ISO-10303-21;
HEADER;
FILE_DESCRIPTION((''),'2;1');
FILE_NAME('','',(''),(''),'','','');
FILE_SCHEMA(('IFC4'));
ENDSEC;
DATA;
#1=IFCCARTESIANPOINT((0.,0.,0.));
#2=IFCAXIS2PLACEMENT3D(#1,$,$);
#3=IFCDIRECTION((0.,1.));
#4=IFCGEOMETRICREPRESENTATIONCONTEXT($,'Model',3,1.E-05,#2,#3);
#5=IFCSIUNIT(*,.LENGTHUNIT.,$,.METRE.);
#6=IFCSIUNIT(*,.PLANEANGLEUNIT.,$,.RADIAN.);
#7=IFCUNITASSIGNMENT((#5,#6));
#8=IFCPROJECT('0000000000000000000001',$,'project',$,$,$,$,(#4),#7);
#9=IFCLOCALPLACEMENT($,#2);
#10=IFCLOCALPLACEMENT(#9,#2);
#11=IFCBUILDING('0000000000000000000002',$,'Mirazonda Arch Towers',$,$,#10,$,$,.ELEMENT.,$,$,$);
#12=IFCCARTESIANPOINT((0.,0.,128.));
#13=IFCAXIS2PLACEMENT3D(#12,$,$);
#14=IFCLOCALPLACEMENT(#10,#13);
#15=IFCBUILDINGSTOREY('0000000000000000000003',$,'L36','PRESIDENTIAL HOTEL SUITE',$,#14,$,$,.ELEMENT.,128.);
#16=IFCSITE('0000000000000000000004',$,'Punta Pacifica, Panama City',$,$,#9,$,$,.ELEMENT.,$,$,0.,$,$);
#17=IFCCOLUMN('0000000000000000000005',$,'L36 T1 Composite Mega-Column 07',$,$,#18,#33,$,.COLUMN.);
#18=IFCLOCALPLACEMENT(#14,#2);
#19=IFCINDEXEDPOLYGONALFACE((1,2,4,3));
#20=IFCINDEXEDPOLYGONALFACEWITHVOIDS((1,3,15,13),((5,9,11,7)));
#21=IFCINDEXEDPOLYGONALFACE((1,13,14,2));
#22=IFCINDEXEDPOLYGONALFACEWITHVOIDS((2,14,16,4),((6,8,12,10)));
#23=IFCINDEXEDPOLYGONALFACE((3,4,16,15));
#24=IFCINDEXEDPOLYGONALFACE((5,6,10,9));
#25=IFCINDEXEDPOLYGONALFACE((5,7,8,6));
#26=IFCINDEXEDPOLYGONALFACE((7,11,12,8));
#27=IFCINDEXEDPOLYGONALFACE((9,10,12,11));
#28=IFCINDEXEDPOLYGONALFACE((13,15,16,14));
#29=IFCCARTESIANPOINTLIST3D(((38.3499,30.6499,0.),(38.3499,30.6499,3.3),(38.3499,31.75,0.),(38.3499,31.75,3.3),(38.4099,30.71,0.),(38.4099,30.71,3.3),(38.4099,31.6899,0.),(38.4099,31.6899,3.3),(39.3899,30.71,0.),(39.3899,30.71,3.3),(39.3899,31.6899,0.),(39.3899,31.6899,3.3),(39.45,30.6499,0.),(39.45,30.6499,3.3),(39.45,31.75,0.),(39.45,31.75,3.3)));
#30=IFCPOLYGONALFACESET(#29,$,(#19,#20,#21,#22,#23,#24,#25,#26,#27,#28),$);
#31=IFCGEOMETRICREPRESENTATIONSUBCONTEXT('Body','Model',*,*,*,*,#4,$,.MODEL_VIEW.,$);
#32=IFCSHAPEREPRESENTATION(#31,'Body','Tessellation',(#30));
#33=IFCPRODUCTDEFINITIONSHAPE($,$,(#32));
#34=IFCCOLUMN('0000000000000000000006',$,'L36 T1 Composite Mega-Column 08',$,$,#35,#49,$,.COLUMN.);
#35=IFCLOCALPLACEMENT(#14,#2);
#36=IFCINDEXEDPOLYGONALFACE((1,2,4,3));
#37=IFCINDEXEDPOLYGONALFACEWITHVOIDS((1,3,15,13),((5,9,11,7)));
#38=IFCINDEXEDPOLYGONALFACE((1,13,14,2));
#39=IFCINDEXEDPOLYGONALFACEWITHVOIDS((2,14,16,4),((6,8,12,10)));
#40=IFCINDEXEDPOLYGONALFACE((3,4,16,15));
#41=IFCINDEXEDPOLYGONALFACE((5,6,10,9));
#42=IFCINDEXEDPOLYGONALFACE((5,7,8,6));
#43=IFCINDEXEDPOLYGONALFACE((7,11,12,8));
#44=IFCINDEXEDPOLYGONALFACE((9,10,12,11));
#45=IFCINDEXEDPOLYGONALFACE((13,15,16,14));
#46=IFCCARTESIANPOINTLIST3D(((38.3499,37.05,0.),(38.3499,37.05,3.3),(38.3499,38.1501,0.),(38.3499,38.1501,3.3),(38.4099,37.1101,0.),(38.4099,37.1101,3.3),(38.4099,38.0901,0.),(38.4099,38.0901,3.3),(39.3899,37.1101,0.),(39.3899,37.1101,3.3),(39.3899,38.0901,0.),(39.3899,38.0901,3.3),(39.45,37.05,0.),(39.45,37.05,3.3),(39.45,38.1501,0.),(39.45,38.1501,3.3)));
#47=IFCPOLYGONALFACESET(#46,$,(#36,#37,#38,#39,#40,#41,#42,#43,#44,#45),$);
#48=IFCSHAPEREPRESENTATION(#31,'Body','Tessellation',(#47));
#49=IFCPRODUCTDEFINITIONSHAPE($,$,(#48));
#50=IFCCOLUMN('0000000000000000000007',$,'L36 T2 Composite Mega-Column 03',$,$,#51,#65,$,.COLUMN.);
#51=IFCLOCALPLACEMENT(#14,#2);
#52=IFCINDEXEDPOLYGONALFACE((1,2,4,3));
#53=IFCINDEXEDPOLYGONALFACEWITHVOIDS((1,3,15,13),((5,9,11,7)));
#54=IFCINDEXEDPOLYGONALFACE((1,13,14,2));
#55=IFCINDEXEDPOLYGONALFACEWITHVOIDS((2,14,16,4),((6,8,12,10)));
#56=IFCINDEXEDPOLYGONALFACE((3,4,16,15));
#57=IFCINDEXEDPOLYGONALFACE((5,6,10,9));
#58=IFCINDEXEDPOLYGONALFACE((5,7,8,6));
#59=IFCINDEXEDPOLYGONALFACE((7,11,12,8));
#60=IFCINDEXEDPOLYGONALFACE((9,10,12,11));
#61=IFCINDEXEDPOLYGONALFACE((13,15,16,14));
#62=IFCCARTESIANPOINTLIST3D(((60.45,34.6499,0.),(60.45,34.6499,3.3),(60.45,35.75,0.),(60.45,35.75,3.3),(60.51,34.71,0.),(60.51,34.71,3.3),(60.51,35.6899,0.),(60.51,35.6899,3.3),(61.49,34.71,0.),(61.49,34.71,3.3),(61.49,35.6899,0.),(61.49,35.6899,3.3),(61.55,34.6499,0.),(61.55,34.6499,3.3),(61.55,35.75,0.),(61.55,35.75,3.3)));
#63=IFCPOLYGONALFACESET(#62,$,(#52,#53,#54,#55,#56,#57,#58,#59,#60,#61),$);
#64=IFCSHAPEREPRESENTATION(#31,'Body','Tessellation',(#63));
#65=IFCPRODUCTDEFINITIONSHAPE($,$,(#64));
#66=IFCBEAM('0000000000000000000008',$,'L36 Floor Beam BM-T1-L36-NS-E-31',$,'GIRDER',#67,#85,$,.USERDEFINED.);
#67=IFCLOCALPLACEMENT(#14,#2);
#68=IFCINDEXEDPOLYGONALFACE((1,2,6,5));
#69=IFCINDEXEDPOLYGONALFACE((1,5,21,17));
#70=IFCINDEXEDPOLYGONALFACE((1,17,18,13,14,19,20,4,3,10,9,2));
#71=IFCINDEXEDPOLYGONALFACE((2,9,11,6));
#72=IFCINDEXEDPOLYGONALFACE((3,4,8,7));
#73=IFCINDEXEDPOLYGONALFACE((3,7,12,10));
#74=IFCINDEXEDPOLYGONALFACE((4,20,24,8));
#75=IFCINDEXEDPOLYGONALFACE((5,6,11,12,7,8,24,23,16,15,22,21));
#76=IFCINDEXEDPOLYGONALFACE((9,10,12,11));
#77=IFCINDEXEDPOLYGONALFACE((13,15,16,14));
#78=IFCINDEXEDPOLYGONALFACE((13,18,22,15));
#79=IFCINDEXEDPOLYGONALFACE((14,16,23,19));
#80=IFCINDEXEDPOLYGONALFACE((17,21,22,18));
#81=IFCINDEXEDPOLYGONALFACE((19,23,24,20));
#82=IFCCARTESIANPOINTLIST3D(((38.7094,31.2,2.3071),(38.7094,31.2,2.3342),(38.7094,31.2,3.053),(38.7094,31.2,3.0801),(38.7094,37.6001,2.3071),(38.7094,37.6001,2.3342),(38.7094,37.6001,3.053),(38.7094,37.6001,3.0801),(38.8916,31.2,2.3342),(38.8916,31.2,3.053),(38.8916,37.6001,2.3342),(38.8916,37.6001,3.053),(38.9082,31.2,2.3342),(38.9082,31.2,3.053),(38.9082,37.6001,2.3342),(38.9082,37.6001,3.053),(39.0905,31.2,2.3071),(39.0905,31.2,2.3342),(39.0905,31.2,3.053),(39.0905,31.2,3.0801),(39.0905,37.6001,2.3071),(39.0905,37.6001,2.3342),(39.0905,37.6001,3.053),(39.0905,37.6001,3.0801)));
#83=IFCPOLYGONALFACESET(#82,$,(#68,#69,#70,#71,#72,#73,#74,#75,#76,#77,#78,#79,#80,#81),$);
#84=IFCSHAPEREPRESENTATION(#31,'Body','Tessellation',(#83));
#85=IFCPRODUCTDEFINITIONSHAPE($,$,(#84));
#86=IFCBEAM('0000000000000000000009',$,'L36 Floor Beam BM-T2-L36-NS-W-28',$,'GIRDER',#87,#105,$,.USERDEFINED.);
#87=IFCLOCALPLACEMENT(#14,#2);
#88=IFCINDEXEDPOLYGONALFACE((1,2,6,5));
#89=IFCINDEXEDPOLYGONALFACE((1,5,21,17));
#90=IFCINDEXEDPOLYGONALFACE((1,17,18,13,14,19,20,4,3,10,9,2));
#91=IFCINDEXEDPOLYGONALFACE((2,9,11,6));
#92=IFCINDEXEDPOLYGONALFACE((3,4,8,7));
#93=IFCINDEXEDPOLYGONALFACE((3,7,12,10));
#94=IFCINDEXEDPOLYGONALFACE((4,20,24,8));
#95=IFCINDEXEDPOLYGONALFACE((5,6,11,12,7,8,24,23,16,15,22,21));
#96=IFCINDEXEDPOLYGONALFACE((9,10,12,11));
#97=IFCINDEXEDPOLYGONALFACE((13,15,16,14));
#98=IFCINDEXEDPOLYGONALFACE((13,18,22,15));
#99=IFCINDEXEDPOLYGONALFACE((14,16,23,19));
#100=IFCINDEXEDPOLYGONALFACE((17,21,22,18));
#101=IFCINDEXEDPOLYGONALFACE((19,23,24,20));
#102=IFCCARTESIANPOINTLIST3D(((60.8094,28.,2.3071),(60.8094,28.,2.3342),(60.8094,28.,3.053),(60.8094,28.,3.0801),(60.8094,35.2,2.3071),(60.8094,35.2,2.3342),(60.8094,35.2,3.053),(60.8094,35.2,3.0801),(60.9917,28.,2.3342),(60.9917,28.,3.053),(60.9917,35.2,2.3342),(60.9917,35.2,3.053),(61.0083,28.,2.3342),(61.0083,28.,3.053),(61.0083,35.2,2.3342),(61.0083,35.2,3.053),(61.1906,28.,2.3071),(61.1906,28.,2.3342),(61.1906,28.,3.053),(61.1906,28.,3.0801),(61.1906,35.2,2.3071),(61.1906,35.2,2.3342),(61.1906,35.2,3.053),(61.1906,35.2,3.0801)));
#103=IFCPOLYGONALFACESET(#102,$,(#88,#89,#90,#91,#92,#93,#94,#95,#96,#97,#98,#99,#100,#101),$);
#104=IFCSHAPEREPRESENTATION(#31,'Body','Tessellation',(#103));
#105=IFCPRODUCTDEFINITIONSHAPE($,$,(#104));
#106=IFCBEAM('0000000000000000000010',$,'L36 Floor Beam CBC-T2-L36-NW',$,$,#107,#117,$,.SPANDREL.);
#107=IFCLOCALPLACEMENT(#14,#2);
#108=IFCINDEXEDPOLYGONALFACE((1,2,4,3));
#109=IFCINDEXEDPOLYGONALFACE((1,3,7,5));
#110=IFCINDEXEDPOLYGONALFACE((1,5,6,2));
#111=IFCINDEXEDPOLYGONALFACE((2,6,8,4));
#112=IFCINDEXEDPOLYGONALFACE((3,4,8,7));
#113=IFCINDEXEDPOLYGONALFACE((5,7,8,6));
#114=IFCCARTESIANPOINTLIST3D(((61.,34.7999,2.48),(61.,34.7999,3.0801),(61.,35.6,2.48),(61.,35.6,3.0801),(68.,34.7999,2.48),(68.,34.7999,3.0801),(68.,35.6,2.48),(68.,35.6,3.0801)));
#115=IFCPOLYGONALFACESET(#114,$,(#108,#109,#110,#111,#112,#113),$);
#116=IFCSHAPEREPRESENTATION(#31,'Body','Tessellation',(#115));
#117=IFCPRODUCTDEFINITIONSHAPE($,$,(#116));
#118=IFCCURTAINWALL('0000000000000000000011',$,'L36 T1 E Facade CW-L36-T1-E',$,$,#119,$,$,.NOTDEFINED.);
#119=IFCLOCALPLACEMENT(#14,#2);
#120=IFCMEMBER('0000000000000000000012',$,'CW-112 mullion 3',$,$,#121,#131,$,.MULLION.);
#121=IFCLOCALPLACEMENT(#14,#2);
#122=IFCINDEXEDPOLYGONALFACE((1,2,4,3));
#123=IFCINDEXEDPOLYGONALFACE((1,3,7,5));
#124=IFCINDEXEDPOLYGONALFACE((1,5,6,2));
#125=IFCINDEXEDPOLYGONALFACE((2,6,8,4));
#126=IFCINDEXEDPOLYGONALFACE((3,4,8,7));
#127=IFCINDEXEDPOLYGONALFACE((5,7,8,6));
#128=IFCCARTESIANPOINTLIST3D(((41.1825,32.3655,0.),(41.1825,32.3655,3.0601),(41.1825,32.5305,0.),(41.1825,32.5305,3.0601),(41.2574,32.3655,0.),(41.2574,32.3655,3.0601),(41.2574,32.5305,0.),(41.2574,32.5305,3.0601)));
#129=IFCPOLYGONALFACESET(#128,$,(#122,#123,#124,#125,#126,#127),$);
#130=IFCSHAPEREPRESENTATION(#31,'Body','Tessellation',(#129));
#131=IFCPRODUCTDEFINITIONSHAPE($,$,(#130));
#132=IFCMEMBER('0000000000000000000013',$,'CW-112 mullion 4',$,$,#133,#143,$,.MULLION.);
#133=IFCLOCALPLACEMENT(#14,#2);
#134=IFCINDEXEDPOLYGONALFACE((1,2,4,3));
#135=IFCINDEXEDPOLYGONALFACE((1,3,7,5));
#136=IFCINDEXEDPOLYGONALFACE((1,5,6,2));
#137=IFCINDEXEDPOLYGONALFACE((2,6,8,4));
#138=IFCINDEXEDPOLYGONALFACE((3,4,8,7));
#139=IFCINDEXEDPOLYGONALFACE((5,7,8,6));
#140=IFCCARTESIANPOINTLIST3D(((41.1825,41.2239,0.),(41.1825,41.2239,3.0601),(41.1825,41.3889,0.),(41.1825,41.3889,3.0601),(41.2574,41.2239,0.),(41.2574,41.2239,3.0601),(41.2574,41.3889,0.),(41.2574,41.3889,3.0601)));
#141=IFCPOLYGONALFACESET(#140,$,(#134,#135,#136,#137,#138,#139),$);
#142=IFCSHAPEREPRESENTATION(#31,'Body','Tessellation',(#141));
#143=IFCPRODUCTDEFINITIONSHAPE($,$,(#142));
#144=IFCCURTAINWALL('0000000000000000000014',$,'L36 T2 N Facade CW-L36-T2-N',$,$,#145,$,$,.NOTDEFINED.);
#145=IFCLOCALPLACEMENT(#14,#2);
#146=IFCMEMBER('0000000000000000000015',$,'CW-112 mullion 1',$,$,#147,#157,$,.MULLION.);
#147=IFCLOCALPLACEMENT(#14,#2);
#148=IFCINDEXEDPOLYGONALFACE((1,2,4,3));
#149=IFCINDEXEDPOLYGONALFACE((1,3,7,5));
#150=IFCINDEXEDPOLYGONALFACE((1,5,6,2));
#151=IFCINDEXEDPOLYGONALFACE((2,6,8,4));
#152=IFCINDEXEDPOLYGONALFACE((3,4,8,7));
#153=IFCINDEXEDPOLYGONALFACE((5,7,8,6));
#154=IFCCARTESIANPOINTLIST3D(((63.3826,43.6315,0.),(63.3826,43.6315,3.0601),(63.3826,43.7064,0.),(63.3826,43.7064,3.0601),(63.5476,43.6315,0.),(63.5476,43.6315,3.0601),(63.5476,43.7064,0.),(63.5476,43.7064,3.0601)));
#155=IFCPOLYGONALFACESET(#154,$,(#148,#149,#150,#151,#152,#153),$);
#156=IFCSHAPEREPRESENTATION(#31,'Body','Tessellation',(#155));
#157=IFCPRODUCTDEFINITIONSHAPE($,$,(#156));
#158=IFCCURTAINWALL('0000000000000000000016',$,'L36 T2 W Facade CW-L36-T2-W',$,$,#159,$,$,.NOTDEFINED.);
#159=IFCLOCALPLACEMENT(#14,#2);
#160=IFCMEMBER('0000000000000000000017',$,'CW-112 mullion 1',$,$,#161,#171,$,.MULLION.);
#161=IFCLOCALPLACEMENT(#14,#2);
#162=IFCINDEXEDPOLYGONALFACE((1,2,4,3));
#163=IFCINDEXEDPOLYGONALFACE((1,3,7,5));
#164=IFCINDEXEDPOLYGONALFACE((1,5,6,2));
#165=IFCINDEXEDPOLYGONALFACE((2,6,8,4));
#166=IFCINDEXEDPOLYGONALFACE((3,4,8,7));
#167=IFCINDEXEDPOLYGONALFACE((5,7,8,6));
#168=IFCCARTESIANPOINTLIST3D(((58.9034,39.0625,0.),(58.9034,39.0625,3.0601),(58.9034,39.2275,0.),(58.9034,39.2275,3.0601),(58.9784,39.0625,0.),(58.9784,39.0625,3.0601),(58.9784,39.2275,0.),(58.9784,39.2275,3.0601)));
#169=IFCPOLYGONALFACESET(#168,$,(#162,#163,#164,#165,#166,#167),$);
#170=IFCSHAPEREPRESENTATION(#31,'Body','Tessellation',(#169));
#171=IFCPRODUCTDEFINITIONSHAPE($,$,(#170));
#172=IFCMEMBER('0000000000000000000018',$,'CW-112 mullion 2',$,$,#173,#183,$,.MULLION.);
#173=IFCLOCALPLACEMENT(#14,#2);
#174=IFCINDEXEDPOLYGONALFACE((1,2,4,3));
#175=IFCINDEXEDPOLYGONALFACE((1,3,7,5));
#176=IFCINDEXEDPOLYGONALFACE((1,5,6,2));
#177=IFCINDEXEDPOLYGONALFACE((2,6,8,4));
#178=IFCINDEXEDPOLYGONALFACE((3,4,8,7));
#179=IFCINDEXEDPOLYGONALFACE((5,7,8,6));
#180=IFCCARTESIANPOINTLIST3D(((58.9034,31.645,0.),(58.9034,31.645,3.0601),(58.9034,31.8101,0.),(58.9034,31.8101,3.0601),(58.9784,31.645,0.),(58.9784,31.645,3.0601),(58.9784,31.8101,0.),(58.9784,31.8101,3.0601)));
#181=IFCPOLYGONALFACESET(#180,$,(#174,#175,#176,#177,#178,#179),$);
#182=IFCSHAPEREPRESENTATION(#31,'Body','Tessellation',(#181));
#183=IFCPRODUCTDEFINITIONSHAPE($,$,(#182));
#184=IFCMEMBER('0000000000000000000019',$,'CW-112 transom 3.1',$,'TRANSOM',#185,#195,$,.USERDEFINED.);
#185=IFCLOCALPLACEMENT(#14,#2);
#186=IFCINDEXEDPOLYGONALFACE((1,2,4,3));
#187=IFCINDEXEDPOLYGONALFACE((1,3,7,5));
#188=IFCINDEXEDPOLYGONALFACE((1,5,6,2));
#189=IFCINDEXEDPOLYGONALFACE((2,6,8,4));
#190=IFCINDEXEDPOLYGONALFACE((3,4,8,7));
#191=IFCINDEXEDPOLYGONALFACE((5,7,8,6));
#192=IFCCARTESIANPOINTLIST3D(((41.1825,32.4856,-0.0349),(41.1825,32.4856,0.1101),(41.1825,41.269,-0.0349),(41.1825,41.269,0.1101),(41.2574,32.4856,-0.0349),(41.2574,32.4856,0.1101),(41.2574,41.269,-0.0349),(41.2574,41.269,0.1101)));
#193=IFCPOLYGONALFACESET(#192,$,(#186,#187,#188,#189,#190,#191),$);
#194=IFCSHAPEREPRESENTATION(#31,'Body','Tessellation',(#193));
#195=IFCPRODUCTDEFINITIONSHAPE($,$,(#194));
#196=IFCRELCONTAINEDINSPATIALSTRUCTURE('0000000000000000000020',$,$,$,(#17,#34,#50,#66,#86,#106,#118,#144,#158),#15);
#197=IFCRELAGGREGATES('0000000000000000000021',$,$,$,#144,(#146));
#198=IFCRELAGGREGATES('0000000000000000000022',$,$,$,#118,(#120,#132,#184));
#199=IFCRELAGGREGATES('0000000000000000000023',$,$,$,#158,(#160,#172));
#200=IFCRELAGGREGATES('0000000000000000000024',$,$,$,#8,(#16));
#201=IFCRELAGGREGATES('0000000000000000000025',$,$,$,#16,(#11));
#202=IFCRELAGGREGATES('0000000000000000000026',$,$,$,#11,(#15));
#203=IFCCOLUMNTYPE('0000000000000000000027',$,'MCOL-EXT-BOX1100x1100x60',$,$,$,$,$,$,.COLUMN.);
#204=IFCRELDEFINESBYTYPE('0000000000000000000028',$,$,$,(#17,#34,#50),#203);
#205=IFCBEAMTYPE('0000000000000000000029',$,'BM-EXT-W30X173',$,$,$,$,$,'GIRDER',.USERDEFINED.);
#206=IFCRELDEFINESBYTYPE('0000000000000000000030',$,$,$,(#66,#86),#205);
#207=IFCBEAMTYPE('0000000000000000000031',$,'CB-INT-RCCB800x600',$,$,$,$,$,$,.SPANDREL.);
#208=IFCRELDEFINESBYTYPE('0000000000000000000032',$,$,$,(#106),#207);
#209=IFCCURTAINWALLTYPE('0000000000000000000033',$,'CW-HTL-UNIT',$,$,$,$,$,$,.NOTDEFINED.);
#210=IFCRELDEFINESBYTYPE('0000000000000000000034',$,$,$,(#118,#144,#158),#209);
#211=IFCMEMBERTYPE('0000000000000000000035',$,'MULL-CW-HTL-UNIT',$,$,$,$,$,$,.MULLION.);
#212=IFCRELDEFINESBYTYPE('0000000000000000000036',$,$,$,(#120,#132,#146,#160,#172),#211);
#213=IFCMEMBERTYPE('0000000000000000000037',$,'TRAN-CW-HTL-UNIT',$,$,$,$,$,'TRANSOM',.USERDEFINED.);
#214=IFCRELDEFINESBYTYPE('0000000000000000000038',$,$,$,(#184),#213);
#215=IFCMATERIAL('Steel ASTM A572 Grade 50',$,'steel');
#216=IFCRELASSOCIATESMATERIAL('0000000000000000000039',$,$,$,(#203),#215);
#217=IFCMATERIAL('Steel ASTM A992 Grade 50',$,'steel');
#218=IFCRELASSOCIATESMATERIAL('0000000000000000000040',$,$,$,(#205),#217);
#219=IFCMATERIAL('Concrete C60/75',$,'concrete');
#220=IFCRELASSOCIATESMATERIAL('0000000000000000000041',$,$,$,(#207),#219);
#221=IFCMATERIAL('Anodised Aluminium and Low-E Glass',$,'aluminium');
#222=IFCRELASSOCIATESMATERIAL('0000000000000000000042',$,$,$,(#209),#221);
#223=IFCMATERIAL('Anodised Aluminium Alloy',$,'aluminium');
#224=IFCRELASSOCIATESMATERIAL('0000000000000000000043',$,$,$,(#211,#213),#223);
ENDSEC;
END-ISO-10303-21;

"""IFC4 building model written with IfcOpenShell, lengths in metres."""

from ifc_helpers import new_model, si_unit, direction, frame, origin, origin_2d, place, context, subcontext, project, spatial, rectangle, hollow_rectangle, i_section, extrude, material, material_profile, profile_set, type_object, element, aggregate, save


model = new_model("IFC4")

# Units and contexts
model_context = context("Model", 3, precision=1e-05, world=origin(), true_north=direction((0.0, 1.0)))
body_context = subcontext(model_context, "Body", "Model", "MODEL_VIEW")
ifc_project = project(units=[si_unit("LENGTHUNIT", "METRE"), si_unit("PLANEANGLEUNIT", "RADIAN")], contexts=[model_context])

# Site, building, storey
site_placement = place(None, origin())
site = spatial("IfcSite", under=ifc_project, at=site_placement, Name="Punta Pacifica, Panama City", CompositionType="ELEMENT", RefElevation=0.0)
building_placement = place(site_placement, origin())
building = spatial("IfcBuilding", under=site, at=building_placement, Name="Mirazonda Arch Towers", CompositionType="ELEMENT")
storey_placement = place(building_placement, frame((0.0, 0.0, 128.0)))
storey = spatial("IfcBuildingStorey", under=building, at=storey_placement, Name="L36", Description="PRESIDENTIAL HOTEL SUITE", CompositionType="ELEMENT", Elevation=128.0)

# Columns
ifc_material_1 = material(Name="Steel ASTM A572 Grade 50", Category="steel")
ifc_material_profile_1 = material_profile(ifc_material_1, hollow_rectangle(XDim=1.1001, YDim=1.1001, WallThickness=0.0601, at=origin_2d()), Name="BOX1100x1100x60")
ifc_profile_set_1 = profile_set([ifc_material_profile_1], Name="Steel ASTM A572 Grade 50")
column_type = type_object("IfcColumnType", Name="MCOL-EXT-BOX1100x1100x60", PredefinedType="COLUMN", material=ifc_profile_set_1)
for number, where, z_axis, x_axis, name in (
    (1, (38.8999, 31.2, 0.0), (0.0, 0.0, 1.0), (1.0, 0.0, 0.0), "L36 T1 Composite Mega-Column 07"),
    (2, (38.8999, 37.6001, 0.0), (0.0, 0.0, 1.0), (1.0, 0.0, 0.0), "L36 T1 Composite Mega-Column 08"),
    (3, (61.0, 35.2, 0.0), (0.0, 0.0, 1.0), (1.0, 0.0, 0.0), "L36 T2 Composite Mega-Column 03"),
):
    element("IfcColumn", number, at=place(storey_placement, frame(where, z_axis=z_axis, x_axis=x_axis)), inside=storey, type_object=column_type, Name=name, PredefinedType="COLUMN", context=body_context, shape_type="SweptSolid", body=[
        extrude(hollow_rectangle(XDim=1.1001, YDim=1.1001, WallThickness=0.0601, at=origin_2d()), origin(), (0.0, 0.0, 1.0), 3.3),
    ])

# Beams
ifc_material_2 = material(Name="Steel ASTM A992 Grade 50", Category="steel")
ifc_material_profile_2 = material_profile(ifc_material_2, i_section(OverallWidth=0.3811, OverallDepth=0.7729, WebThickness=0.0166, FlangeThickness=0.0271, at=origin_2d()), Name="W30X173")
ifc_profile_set_2 = profile_set([ifc_material_profile_2], Name="Steel ASTM A992 Grade 50")
beam_type_1 = type_object("IfcBeamType", Name="BM-EXT-W30X173", ElementType="GIRDER", PredefinedType="USERDEFINED", material=ifc_profile_set_2)
beam_1_placement = place(storey_placement, frame((38.8999, 31.2, 2.6936), z_axis=(0.0, 1.0, 0.0), x_axis=(-1.0, 0.0, 0.0)))
element("IfcBeam", 4, at=beam_1_placement, inside=storey, type_object=beam_type_1, Name="L36 Floor Beam BM-T1-L36-NS-E-31", ObjectType="GIRDER", PredefinedType="USERDEFINED", context=body_context, shape_type="SweptSolid", body=[
    extrude(i_section(OverallWidth=0.3811, OverallDepth=0.7729, WebThickness=0.0166, FlangeThickness=0.0271, at=origin_2d()), origin(), (0.0, 0.0, 1.0), 6.4001),
])
beam_2_placement = place(storey_placement, frame((61.0, 28.0, 2.6936), z_axis=(0.0, 1.0, 0.0), x_axis=(-1.0, 0.0, 0.0)))
element("IfcBeam", 5, at=beam_2_placement, inside=storey, type_object=beam_type_1, Name="L36 Floor Beam BM-T2-L36-NS-W-28", ObjectType="GIRDER", PredefinedType="USERDEFINED", context=body_context, shape_type="SweptSolid", body=[
    extrude(i_section(OverallWidth=0.3811, OverallDepth=0.7729, WebThickness=0.0166, FlangeThickness=0.0271, at=origin_2d()), origin(), (0.0, 0.0, 1.0), 7.2),
])
ifc_material_3 = material(Name="Concrete C60/75", Category="concrete")
ifc_material_profile_3 = material_profile(ifc_material_3, rectangle(XDim=0.8, YDim=0.6001, at=origin_2d()), Name="RCCB800x600")
ifc_profile_set_3 = profile_set([ifc_material_profile_3], Name="Concrete C60/75")
beam_type_2 = type_object("IfcBeamType", Name="CB-INT-RCCB800x600", PredefinedType="SPANDREL", material=ifc_profile_set_3)
beam_3_placement = place(storey_placement, frame((61.0, 35.2, 2.78), z_axis=(1.0, 0.0, 0.0), x_axis=(0.0, 1.0, 0.0)))
element("IfcBeam", 6, at=beam_3_placement, inside=storey, type_object=beam_type_2, Name="L36 Floor Beam CBC-T2-L36-NW", PredefinedType="SPANDREL", context=body_context, shape_type="SweptSolid", body=[
    extrude(rectangle(XDim=0.8, YDim=0.6001, at=origin_2d()), origin(), (0.0, 0.0, 1.0), 7.0),
])

# Curtain wall, members
ifc_material_4 = material(Name="Anodised Aluminium and Low-E Glass", Category="aluminium")
curtain_wall_type = type_object("IfcCurtainWallType", Name="CW-HTL-UNIT", PredefinedType="NOTDEFINED", material=ifc_material_4)
curtain_wall_1_placement = place(storey_placement, origin())
curtain_wall_1 = element("IfcCurtainWall", 7, at=curtain_wall_1_placement, inside=storey, type_object=curtain_wall_type, Name="L36 T1 E Facade CW-L36-T1-E", PredefinedType="NOTDEFINED")
ifc_material_5 = material(Name="Anodised Aluminium Alloy", Category="aluminium")
ifc_material_profile_4 = material_profile(ifc_material_5, rectangle(XDim=0.075, YDim=0.165, at=origin_2d()), Name="ALU-MULL-75x165")
ifc_profile_set_4 = profile_set([ifc_material_profile_4], Name="Anodised Aluminium Alloy")
member_type_1 = type_object("IfcMemberType", Name="MULL-CW-HTL-UNIT", PredefinedType="MULLION", material=ifc_profile_set_4)
member_1_placement = place(storey_placement, frame((41.22, 32.448, 0.0), z_axis=(0.0, 0.0, 1.0), x_axis=(-1.0, 0.0, 0.0)))
member_1 = element("IfcMember", 8, at=member_1_placement, type_object=member_type_1, Name="CW-112 mullion 3", PredefinedType="MULLION", context=body_context, shape_type="SweptSolid", body=[
    extrude(rectangle(XDim=0.075, YDim=0.165, at=origin_2d()), origin(), (0.0, 0.0, 1.0), 3.0601),
])
member_2_placement = place(storey_placement, frame((41.22, 41.3064, 0.0), z_axis=(0.0, 0.0, 1.0), x_axis=(-1.0, 0.0, 0.0)))
member_2 = element("IfcMember", 9, at=member_2_placement, type_object=member_type_1, Name="CW-112 mullion 4", PredefinedType="MULLION", context=body_context, shape_type="SweptSolid", body=[
    extrude(rectangle(XDim=0.075, YDim=0.165, at=origin_2d()), origin(), (0.0, 0.0, 1.0), 3.0601),
])

# Curtain wall, member
curtain_wall_2_placement = place(storey_placement, origin())
curtain_wall_2 = element("IfcCurtainWall", 10, at=curtain_wall_2_placement, inside=storey, type_object=curtain_wall_type, Name="L36 T2 N Facade CW-L36-T2-N", PredefinedType="NOTDEFINED")
member_3_placement = place(storey_placement, frame((63.4651, 43.6689, 0.0), z_axis=(0.0, 0.0, 1.0), x_axis=(0.0, 1.0, 0.0)))
member_3 = element("IfcMember", 11, at=member_3_placement, type_object=member_type_1, Name="CW-112 mullion 1", PredefinedType="MULLION", context=body_context, shape_type="SweptSolid", body=[
    extrude(rectangle(XDim=0.075, YDim=0.165, at=origin_2d()), origin(), (0.0, 0.0, 1.0), 3.0601),
])

# Curtain wall, members
curtain_wall_3_placement = place(storey_placement, origin())
curtain_wall_3 = element("IfcCurtainWall", 12, at=curtain_wall_3_placement, inside=storey, type_object=curtain_wall_type, Name="L36 T2 W Facade CW-L36-T2-W", PredefinedType="NOTDEFINED")
member_4_placement = place(storey_placement, frame((58.9409, 39.145, 0.0), z_axis=(0.0, 0.0, 1.0), x_axis=(1.0, 0.0, 0.0)))
member_4 = element("IfcMember", 13, at=member_4_placement, type_object=member_type_1, Name="CW-112 mullion 1", PredefinedType="MULLION", context=body_context, shape_type="SweptSolid", body=[
    extrude(rectangle(XDim=0.075, YDim=0.165, at=origin_2d()), origin(), (0.0, 0.0, 1.0), 3.0601),
])
member_5_placement = place(storey_placement, frame((58.9409, 31.7275, 0.0), z_axis=(0.0, 0.0, 1.0), x_axis=(1.0, 0.0, 0.0)))
member_5 = element("IfcMember", 14, at=member_5_placement, type_object=member_type_1, Name="CW-112 mullion 2", PredefinedType="MULLION", context=body_context, shape_type="SweptSolid", body=[
    extrude(rectangle(XDim=0.075, YDim=0.165, at=origin_2d()), origin(), (0.0, 0.0, 1.0), 3.0601),
])

# Member
ifc_material_profile_5 = material_profile(ifc_material_5, rectangle(XDim=0.075, YDim=0.145, at=origin_2d()), Name="ALU-TRAN-75x145")
ifc_profile_set_5 = profile_set([ifc_material_profile_5], Name="Anodised Aluminium Alloy")
member_type_2 = type_object("IfcMemberType", Name="TRAN-CW-HTL-UNIT", ElementType="TRANSOM", PredefinedType="USERDEFINED", material=ifc_profile_set_5)
member_6_placement = place(storey_placement, frame((41.22, 32.4856, 0.0376), z_axis=(0.0, 1.0, 0.0), x_axis=(-1.0, 0.0, 0.0)))
member_6 = element("IfcMember", 15, at=member_6_placement, type_object=member_type_2, Name="CW-112 transom 3.1", ObjectType="TRANSOM", PredefinedType="USERDEFINED", context=body_context, shape_type="SweptSolid", body=[
    extrude(rectangle(XDim=0.075, YDim=0.145, at=origin_2d()), origin(), (0.0, 0.0, 1.0), 8.7834),
])
aggregate(curtain_wall_2, [member_3])

aggregate(curtain_wall_1, [member_1, member_2, member_6])
aggregate(curtain_wall_3, [member_4, member_5])

save(model, "model.ifc")
